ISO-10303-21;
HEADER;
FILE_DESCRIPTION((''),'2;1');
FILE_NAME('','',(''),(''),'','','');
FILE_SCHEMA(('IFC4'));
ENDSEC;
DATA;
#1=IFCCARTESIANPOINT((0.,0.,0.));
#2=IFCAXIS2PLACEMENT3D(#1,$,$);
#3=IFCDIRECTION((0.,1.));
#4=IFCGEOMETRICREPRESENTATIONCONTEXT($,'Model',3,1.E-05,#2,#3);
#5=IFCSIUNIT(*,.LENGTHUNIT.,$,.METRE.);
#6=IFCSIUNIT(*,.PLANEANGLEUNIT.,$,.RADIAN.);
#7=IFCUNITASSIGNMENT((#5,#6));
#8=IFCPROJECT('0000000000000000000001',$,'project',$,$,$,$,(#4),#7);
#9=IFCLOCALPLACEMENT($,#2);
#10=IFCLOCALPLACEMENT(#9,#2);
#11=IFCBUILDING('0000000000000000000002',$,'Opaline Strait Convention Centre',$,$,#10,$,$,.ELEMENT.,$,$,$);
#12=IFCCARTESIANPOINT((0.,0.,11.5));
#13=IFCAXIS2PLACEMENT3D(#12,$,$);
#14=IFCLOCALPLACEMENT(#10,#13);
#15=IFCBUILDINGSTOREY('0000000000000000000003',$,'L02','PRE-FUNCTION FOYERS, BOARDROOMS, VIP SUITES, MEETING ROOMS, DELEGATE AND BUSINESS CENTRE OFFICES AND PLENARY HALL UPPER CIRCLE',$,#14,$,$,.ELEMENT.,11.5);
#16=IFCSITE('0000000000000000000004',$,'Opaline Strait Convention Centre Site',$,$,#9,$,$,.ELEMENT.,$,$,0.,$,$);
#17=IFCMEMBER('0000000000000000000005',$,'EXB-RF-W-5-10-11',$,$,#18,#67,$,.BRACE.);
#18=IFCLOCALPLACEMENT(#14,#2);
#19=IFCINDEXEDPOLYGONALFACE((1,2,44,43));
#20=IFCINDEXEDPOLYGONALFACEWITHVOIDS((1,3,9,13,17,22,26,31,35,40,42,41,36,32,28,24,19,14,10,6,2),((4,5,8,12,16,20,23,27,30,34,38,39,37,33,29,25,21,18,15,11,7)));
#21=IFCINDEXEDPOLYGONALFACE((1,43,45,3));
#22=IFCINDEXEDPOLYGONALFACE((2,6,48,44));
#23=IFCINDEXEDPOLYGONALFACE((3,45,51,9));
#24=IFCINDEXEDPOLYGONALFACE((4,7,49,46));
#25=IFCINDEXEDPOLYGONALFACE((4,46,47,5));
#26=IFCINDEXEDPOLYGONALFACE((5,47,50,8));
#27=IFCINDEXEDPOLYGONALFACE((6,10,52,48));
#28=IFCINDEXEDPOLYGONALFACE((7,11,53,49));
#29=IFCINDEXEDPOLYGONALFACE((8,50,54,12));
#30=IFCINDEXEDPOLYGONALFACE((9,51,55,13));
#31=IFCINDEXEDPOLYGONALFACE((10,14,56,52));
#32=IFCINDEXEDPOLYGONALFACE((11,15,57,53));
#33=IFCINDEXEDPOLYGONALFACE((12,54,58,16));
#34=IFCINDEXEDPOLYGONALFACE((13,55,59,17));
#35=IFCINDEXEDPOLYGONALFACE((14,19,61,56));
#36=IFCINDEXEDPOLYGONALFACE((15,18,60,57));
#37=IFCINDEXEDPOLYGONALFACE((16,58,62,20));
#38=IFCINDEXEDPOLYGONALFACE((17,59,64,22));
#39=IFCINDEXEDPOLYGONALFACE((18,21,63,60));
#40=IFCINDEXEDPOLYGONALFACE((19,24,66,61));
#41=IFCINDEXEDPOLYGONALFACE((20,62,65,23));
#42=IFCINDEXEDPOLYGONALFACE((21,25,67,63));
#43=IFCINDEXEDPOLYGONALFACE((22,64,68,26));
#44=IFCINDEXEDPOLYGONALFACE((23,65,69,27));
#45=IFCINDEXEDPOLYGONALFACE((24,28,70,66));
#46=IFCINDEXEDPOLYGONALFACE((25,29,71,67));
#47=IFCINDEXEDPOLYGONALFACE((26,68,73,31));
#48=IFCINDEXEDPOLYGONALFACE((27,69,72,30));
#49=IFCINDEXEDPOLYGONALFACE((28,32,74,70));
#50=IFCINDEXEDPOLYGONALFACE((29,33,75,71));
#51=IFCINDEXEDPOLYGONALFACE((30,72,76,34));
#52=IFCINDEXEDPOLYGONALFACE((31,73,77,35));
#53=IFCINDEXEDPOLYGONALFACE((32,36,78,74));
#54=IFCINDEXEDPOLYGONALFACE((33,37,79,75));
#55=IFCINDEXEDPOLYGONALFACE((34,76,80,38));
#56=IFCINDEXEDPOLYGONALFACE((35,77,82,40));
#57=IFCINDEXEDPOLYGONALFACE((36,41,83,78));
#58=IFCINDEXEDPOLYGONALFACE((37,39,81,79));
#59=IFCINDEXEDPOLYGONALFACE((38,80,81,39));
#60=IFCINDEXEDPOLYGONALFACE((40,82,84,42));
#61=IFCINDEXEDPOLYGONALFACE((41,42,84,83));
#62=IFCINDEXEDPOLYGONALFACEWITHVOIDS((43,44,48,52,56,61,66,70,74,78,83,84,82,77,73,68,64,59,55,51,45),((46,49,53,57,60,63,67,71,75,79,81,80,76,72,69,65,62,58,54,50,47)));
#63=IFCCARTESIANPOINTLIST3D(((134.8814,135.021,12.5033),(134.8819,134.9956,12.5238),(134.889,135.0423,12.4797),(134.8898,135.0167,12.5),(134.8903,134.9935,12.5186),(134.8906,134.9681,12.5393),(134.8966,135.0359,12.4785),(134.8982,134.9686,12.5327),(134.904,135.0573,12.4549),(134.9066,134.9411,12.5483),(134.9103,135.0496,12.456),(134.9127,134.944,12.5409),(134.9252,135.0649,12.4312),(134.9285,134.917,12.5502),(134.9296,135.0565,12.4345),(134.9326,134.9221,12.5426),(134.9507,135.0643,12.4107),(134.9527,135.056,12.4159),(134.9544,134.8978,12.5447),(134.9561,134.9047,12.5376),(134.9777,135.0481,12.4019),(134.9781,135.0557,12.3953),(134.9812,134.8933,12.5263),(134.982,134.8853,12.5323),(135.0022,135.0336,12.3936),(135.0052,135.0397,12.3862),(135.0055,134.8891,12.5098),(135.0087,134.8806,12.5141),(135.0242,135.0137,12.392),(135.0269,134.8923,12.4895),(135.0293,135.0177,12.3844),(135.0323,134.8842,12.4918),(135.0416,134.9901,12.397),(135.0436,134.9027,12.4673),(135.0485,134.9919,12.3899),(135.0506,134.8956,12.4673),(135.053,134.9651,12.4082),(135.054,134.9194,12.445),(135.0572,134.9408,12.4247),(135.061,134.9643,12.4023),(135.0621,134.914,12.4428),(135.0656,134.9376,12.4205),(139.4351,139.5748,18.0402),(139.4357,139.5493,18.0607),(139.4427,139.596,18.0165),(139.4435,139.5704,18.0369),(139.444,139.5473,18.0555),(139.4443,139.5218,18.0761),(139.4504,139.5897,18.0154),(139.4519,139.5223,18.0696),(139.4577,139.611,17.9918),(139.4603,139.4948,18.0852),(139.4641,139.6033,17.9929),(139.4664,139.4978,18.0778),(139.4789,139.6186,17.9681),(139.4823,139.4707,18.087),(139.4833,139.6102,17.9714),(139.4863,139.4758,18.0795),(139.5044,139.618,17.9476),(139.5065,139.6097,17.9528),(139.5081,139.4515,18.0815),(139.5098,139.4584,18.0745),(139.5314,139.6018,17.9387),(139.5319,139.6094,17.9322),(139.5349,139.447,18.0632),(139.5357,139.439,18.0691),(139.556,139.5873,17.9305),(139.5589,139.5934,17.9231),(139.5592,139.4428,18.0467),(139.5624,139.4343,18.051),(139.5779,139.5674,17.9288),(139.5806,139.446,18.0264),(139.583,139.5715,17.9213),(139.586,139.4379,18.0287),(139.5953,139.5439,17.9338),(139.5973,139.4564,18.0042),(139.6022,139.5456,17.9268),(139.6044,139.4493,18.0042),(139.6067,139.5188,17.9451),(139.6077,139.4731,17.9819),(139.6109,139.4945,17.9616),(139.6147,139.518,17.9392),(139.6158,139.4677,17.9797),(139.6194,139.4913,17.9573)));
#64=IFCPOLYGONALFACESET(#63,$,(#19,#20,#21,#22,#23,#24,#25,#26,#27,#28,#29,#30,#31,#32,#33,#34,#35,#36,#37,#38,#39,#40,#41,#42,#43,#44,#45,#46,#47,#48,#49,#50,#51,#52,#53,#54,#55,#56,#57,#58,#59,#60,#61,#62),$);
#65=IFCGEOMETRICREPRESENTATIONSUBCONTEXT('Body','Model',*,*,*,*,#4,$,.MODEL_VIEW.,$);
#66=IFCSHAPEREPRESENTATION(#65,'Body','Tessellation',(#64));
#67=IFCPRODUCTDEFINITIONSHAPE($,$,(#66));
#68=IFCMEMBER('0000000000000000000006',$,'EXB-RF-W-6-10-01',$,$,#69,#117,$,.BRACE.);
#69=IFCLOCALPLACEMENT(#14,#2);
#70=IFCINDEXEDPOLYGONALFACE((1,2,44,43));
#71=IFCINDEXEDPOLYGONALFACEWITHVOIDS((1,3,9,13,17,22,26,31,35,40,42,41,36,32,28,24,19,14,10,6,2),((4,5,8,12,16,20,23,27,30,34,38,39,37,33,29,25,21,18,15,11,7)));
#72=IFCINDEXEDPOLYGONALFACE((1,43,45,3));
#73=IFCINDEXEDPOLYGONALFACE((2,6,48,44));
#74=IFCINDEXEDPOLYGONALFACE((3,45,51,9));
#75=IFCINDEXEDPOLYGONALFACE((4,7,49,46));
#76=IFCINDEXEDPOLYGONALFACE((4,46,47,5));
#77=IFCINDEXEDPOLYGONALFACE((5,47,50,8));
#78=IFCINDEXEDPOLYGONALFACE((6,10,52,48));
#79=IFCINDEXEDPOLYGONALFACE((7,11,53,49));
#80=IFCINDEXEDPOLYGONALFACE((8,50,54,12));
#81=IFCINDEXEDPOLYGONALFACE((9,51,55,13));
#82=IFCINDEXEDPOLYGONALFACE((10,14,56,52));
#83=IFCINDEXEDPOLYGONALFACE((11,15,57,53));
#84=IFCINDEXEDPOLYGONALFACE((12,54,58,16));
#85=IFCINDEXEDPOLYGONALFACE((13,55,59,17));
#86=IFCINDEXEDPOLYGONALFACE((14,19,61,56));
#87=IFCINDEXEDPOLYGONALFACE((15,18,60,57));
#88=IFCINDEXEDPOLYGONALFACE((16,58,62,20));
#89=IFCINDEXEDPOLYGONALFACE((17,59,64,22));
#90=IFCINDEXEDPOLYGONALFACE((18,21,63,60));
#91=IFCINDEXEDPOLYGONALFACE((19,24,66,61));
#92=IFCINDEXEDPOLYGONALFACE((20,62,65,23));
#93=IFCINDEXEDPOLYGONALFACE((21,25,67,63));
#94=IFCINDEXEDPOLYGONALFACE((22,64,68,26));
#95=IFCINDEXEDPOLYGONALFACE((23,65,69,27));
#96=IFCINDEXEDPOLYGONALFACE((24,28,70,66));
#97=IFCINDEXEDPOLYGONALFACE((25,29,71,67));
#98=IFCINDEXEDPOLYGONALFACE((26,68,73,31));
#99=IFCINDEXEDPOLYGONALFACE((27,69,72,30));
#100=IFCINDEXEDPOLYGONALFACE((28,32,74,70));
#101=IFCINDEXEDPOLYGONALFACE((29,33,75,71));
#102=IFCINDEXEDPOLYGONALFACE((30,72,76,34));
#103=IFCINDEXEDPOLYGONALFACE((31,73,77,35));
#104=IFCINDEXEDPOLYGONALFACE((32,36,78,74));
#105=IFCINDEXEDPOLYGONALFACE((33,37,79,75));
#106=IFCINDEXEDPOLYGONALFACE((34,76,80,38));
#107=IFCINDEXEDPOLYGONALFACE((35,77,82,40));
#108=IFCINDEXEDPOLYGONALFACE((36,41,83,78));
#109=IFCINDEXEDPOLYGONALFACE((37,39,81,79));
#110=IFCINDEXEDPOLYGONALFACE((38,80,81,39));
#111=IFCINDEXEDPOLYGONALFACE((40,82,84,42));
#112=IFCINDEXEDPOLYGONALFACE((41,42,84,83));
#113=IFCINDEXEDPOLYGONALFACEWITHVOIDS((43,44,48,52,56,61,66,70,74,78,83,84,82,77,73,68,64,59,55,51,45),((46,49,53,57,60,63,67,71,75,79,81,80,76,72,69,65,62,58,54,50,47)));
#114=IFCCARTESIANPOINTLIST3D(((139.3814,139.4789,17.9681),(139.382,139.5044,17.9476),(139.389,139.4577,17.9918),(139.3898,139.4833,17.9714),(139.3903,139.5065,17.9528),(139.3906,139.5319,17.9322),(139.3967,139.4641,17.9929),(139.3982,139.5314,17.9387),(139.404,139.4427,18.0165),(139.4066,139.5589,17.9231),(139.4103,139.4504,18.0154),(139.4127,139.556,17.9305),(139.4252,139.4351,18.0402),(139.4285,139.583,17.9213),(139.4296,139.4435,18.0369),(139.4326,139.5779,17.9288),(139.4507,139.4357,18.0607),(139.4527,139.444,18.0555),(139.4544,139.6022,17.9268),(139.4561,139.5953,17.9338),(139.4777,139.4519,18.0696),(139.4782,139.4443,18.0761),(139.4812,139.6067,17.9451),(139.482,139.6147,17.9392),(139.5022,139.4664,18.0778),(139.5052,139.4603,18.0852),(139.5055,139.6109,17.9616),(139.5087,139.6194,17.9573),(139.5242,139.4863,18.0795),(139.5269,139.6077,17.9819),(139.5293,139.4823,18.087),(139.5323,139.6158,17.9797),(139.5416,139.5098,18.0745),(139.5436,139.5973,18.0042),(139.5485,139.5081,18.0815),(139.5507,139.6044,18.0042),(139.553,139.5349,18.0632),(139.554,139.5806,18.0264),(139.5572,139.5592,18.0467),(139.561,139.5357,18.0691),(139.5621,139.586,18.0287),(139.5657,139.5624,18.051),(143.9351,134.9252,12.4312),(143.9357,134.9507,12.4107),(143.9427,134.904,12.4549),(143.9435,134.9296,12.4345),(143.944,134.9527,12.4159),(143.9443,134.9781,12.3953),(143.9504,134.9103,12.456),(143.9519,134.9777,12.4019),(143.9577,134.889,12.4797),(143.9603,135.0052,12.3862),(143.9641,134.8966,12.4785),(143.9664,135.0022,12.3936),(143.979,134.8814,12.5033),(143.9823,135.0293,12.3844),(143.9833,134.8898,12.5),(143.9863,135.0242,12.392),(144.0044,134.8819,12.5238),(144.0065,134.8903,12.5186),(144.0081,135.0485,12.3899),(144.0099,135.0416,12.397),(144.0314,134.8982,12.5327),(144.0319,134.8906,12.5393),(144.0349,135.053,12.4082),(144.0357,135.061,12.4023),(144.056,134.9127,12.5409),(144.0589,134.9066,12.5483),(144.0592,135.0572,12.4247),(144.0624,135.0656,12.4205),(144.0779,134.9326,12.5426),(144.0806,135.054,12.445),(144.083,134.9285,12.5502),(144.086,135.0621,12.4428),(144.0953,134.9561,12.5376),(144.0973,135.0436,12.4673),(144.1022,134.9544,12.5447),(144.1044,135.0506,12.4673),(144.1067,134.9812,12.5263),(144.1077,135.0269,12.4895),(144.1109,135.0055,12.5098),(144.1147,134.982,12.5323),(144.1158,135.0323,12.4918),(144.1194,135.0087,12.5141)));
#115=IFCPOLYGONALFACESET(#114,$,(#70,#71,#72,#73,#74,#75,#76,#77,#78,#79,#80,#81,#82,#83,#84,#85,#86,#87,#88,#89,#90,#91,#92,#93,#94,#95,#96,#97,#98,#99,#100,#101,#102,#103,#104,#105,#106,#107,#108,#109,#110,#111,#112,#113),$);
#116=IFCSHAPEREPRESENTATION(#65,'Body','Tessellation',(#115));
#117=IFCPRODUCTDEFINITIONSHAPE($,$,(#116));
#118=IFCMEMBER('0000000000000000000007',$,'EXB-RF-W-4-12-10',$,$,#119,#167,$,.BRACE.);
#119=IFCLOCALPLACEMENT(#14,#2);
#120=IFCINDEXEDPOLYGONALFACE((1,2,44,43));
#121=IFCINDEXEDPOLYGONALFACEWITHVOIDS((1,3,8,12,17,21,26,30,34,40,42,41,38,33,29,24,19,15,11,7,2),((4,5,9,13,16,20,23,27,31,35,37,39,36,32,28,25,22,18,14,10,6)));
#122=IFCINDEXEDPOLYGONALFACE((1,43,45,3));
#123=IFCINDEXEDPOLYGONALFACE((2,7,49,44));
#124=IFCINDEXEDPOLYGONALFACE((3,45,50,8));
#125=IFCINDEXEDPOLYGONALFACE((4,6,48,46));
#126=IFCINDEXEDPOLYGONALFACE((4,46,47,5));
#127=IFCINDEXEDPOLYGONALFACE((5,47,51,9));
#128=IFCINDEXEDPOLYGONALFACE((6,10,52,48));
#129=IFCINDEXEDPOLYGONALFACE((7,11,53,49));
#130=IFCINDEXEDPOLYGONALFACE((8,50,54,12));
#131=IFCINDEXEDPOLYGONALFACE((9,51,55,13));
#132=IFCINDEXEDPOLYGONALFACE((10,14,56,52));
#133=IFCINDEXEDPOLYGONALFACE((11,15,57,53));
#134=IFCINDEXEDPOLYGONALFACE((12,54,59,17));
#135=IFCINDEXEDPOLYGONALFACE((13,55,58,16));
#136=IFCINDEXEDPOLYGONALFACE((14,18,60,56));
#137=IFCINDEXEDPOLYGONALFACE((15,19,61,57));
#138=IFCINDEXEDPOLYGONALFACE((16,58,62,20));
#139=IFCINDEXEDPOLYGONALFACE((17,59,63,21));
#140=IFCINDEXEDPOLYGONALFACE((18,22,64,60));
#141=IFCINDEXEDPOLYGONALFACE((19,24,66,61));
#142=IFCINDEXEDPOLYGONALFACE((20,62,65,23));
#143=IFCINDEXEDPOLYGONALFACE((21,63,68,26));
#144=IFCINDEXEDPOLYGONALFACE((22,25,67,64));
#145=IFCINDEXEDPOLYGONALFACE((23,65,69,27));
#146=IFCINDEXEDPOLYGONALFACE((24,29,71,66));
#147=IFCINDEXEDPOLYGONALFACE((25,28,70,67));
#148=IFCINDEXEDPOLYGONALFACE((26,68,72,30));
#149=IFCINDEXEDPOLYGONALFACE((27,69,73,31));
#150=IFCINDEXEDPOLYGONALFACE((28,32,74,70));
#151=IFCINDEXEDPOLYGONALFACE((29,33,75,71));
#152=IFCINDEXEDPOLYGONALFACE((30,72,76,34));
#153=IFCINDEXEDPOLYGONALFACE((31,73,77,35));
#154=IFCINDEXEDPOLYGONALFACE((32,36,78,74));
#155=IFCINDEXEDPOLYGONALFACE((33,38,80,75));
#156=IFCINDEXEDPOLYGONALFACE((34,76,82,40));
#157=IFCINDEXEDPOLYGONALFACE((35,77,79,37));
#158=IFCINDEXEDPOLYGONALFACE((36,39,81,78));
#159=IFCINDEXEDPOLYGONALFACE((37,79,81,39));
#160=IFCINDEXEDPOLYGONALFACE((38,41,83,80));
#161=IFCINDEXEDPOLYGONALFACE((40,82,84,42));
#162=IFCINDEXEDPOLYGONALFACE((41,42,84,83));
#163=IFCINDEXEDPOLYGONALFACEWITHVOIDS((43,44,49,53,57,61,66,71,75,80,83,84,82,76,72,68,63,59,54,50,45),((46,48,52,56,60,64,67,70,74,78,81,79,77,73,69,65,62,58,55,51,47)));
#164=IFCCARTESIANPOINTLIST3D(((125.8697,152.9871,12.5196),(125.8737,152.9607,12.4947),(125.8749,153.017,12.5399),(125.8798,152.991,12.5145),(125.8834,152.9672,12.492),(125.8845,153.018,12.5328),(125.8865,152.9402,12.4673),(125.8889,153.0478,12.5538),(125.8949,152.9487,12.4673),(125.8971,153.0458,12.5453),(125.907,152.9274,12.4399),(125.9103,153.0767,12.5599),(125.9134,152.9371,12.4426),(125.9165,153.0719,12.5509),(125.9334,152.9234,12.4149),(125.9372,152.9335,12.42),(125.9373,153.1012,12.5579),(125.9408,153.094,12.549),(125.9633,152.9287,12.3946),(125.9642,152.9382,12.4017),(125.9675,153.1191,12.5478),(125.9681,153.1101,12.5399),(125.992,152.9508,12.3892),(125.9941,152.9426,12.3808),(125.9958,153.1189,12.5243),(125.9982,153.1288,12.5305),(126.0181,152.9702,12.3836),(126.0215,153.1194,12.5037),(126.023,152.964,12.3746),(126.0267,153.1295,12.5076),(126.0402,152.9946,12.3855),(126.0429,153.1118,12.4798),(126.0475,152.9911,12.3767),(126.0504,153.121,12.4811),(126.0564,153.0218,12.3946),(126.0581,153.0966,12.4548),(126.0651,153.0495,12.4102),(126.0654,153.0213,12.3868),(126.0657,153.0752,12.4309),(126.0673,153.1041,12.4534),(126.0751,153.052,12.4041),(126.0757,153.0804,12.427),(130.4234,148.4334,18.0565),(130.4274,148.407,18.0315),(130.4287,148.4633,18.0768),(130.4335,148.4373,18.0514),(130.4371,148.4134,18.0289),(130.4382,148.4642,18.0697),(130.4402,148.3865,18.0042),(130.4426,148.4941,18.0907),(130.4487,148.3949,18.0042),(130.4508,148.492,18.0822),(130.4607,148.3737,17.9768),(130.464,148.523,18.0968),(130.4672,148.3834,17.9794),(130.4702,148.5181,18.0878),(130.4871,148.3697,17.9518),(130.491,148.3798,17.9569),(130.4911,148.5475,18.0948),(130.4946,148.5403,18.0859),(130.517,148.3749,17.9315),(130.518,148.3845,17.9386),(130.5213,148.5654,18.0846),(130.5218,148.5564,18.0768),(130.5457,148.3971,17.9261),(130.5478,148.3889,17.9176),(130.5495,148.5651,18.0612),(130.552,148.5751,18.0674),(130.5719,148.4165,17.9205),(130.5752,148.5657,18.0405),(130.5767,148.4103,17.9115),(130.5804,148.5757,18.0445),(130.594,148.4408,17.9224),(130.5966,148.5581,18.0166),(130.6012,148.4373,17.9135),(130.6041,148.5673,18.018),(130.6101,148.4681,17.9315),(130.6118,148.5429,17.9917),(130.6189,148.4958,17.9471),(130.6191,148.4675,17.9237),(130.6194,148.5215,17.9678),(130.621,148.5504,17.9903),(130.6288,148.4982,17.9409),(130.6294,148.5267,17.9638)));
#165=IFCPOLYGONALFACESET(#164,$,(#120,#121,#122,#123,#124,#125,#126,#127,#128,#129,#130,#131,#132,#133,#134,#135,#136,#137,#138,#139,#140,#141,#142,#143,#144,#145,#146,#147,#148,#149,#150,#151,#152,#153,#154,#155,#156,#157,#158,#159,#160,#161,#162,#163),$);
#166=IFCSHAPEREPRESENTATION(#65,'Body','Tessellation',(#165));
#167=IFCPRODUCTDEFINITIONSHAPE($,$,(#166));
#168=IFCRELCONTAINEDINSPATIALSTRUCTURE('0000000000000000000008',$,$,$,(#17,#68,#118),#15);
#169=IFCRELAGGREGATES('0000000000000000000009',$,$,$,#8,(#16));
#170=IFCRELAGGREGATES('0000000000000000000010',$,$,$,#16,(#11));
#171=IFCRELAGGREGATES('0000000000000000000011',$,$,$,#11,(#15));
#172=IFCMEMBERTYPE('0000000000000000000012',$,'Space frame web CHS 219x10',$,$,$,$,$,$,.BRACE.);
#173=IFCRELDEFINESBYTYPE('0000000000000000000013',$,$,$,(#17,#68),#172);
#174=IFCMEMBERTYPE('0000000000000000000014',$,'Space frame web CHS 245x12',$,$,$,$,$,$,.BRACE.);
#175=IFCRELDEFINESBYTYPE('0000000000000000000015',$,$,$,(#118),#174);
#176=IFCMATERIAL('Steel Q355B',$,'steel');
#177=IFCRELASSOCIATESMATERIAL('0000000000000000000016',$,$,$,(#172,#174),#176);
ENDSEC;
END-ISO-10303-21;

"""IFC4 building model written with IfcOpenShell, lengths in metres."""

from ifc_helpers import new_model, si_unit, direction, frame, origin, origin_2d, place, context, subcontext, project, spatial, hollow_circle, extrude, material, material_profile, profile_set, type_object, element, save


model = new_model("IFC4")

# Units and contexts
model_context = context("Model", 3, precision=1e-05, world=origin(), true_north=direction((0.0, 1.0)))
body_context = subcontext(model_context, "Body", "Model", "MODEL_VIEW")
ifc_project = project(units=[si_unit("LENGTHUNIT", "METRE"), si_unit("PLANEANGLEUNIT", "RADIAN")], contexts=[model_context])

# Site, building, storey
site_placement = place(None, origin())
site = spatial("IfcSite", under=ifc_project, at=site_placement, Name="Opaline Strait Convention Centre Site", CompositionType="ELEMENT", RefElevation=0.0)
building_placement = place(site_placement, origin())
building = spatial("IfcBuilding", under=site, at=building_placement, Name="Opaline Strait Convention Centre", CompositionType="ELEMENT")
storey_placement = place(building_placement, frame((0.0, 0.0, 11.5)))
storey = spatial("IfcBuildingStorey", under=building, at=storey_placement, Name="L02", Description="PRE-FUNCTION FOYERS, BOARDROOMS, VIP SUITES, MEETING ROOMS, DELEGATE AND BUSINESS CENTRE OFFICES AND PLENARY HALL UPPER CIRCLE", CompositionType="ELEMENT", Elevation=11.5)

# Members
ifc_material_1 = material(Name="Steel Q355B", Category="steel")
ifc_material_profile_1 = material_profile(ifc_material_1, hollow_circle(Radius=0.1096, WallThickness=0.01, at=origin_2d()), Name="CHS 219x10")
ifc_profile_set_1 = profile_set([ifc_material_profile_1], Name="Steel Q355B")
member_type_1 = type_object("IfcMemberType", Name="Space frame web CHS 219x10", PredefinedType="BRACE", material=ifc_profile_set_1)
for number, where, z_axis, x_axis, name in (
    (1, (139.5269, 139.5269, 18.0042), (-0.536178, -0.536178, -0.65194), (0.707107, -0.707107, 0.0), "EXB-RF-W-5-10-11"),
    (2, (139.4731, 139.5269, 18.0042), (0.536178, -0.536178, -0.65194), (0.707107, 0.707107, 0.0), "EXB-RF-W-6-10-01"),
):
    element("IfcMember", number, at=place(storey_placement, frame(where, z_axis=z_axis, x_axis=x_axis)), inside=storey, type_object=member_type_1, Name=name, PredefinedType="BRACE", context=body_context, shape_type="SweptSolid", body=[
        extrude(hollow_circle(Radius=0.1096, WallThickness=0.01, at=origin_2d()), origin(), (0.0, 0.0, 1.0), 8.4929),
    ])
ifc_material_profile_2 = material_profile(ifc_material_1, hollow_circle(Radius=0.1226, WallThickness=0.012, at=origin_2d()), Name="CHS 245x12")
ifc_profile_set_2 = profile_set([ifc_material_profile_2], Name="Steel Q355B")
member_type_2 = type_object("IfcMemberType", Name="Space frame web CHS 245x12", PredefinedType="BRACE", material=ifc_profile_set_2)
for number, where, z_axis, x_axis, name in (
    (3, (130.5269, 148.4731, 18.0042), (-0.536178, 0.536178, -0.65194), (-0.707107, -0.707107, 0.0), "EXB-RF-W-4-12-10"),
):
    element("IfcMember", number, at=place(storey_placement, frame(where, z_axis=z_axis, x_axis=x_axis)), inside=storey, type_object=member_type_2, Name=name, PredefinedType="BRACE", context=body_context, shape_type="SweptSolid", body=[
        extrude(hollow_circle(Radius=0.1226, WallThickness=0.012, at=origin_2d()), origin(), (0.0, 0.0, 1.0), 8.4929),
    ])

save(model, "model.ifc")
